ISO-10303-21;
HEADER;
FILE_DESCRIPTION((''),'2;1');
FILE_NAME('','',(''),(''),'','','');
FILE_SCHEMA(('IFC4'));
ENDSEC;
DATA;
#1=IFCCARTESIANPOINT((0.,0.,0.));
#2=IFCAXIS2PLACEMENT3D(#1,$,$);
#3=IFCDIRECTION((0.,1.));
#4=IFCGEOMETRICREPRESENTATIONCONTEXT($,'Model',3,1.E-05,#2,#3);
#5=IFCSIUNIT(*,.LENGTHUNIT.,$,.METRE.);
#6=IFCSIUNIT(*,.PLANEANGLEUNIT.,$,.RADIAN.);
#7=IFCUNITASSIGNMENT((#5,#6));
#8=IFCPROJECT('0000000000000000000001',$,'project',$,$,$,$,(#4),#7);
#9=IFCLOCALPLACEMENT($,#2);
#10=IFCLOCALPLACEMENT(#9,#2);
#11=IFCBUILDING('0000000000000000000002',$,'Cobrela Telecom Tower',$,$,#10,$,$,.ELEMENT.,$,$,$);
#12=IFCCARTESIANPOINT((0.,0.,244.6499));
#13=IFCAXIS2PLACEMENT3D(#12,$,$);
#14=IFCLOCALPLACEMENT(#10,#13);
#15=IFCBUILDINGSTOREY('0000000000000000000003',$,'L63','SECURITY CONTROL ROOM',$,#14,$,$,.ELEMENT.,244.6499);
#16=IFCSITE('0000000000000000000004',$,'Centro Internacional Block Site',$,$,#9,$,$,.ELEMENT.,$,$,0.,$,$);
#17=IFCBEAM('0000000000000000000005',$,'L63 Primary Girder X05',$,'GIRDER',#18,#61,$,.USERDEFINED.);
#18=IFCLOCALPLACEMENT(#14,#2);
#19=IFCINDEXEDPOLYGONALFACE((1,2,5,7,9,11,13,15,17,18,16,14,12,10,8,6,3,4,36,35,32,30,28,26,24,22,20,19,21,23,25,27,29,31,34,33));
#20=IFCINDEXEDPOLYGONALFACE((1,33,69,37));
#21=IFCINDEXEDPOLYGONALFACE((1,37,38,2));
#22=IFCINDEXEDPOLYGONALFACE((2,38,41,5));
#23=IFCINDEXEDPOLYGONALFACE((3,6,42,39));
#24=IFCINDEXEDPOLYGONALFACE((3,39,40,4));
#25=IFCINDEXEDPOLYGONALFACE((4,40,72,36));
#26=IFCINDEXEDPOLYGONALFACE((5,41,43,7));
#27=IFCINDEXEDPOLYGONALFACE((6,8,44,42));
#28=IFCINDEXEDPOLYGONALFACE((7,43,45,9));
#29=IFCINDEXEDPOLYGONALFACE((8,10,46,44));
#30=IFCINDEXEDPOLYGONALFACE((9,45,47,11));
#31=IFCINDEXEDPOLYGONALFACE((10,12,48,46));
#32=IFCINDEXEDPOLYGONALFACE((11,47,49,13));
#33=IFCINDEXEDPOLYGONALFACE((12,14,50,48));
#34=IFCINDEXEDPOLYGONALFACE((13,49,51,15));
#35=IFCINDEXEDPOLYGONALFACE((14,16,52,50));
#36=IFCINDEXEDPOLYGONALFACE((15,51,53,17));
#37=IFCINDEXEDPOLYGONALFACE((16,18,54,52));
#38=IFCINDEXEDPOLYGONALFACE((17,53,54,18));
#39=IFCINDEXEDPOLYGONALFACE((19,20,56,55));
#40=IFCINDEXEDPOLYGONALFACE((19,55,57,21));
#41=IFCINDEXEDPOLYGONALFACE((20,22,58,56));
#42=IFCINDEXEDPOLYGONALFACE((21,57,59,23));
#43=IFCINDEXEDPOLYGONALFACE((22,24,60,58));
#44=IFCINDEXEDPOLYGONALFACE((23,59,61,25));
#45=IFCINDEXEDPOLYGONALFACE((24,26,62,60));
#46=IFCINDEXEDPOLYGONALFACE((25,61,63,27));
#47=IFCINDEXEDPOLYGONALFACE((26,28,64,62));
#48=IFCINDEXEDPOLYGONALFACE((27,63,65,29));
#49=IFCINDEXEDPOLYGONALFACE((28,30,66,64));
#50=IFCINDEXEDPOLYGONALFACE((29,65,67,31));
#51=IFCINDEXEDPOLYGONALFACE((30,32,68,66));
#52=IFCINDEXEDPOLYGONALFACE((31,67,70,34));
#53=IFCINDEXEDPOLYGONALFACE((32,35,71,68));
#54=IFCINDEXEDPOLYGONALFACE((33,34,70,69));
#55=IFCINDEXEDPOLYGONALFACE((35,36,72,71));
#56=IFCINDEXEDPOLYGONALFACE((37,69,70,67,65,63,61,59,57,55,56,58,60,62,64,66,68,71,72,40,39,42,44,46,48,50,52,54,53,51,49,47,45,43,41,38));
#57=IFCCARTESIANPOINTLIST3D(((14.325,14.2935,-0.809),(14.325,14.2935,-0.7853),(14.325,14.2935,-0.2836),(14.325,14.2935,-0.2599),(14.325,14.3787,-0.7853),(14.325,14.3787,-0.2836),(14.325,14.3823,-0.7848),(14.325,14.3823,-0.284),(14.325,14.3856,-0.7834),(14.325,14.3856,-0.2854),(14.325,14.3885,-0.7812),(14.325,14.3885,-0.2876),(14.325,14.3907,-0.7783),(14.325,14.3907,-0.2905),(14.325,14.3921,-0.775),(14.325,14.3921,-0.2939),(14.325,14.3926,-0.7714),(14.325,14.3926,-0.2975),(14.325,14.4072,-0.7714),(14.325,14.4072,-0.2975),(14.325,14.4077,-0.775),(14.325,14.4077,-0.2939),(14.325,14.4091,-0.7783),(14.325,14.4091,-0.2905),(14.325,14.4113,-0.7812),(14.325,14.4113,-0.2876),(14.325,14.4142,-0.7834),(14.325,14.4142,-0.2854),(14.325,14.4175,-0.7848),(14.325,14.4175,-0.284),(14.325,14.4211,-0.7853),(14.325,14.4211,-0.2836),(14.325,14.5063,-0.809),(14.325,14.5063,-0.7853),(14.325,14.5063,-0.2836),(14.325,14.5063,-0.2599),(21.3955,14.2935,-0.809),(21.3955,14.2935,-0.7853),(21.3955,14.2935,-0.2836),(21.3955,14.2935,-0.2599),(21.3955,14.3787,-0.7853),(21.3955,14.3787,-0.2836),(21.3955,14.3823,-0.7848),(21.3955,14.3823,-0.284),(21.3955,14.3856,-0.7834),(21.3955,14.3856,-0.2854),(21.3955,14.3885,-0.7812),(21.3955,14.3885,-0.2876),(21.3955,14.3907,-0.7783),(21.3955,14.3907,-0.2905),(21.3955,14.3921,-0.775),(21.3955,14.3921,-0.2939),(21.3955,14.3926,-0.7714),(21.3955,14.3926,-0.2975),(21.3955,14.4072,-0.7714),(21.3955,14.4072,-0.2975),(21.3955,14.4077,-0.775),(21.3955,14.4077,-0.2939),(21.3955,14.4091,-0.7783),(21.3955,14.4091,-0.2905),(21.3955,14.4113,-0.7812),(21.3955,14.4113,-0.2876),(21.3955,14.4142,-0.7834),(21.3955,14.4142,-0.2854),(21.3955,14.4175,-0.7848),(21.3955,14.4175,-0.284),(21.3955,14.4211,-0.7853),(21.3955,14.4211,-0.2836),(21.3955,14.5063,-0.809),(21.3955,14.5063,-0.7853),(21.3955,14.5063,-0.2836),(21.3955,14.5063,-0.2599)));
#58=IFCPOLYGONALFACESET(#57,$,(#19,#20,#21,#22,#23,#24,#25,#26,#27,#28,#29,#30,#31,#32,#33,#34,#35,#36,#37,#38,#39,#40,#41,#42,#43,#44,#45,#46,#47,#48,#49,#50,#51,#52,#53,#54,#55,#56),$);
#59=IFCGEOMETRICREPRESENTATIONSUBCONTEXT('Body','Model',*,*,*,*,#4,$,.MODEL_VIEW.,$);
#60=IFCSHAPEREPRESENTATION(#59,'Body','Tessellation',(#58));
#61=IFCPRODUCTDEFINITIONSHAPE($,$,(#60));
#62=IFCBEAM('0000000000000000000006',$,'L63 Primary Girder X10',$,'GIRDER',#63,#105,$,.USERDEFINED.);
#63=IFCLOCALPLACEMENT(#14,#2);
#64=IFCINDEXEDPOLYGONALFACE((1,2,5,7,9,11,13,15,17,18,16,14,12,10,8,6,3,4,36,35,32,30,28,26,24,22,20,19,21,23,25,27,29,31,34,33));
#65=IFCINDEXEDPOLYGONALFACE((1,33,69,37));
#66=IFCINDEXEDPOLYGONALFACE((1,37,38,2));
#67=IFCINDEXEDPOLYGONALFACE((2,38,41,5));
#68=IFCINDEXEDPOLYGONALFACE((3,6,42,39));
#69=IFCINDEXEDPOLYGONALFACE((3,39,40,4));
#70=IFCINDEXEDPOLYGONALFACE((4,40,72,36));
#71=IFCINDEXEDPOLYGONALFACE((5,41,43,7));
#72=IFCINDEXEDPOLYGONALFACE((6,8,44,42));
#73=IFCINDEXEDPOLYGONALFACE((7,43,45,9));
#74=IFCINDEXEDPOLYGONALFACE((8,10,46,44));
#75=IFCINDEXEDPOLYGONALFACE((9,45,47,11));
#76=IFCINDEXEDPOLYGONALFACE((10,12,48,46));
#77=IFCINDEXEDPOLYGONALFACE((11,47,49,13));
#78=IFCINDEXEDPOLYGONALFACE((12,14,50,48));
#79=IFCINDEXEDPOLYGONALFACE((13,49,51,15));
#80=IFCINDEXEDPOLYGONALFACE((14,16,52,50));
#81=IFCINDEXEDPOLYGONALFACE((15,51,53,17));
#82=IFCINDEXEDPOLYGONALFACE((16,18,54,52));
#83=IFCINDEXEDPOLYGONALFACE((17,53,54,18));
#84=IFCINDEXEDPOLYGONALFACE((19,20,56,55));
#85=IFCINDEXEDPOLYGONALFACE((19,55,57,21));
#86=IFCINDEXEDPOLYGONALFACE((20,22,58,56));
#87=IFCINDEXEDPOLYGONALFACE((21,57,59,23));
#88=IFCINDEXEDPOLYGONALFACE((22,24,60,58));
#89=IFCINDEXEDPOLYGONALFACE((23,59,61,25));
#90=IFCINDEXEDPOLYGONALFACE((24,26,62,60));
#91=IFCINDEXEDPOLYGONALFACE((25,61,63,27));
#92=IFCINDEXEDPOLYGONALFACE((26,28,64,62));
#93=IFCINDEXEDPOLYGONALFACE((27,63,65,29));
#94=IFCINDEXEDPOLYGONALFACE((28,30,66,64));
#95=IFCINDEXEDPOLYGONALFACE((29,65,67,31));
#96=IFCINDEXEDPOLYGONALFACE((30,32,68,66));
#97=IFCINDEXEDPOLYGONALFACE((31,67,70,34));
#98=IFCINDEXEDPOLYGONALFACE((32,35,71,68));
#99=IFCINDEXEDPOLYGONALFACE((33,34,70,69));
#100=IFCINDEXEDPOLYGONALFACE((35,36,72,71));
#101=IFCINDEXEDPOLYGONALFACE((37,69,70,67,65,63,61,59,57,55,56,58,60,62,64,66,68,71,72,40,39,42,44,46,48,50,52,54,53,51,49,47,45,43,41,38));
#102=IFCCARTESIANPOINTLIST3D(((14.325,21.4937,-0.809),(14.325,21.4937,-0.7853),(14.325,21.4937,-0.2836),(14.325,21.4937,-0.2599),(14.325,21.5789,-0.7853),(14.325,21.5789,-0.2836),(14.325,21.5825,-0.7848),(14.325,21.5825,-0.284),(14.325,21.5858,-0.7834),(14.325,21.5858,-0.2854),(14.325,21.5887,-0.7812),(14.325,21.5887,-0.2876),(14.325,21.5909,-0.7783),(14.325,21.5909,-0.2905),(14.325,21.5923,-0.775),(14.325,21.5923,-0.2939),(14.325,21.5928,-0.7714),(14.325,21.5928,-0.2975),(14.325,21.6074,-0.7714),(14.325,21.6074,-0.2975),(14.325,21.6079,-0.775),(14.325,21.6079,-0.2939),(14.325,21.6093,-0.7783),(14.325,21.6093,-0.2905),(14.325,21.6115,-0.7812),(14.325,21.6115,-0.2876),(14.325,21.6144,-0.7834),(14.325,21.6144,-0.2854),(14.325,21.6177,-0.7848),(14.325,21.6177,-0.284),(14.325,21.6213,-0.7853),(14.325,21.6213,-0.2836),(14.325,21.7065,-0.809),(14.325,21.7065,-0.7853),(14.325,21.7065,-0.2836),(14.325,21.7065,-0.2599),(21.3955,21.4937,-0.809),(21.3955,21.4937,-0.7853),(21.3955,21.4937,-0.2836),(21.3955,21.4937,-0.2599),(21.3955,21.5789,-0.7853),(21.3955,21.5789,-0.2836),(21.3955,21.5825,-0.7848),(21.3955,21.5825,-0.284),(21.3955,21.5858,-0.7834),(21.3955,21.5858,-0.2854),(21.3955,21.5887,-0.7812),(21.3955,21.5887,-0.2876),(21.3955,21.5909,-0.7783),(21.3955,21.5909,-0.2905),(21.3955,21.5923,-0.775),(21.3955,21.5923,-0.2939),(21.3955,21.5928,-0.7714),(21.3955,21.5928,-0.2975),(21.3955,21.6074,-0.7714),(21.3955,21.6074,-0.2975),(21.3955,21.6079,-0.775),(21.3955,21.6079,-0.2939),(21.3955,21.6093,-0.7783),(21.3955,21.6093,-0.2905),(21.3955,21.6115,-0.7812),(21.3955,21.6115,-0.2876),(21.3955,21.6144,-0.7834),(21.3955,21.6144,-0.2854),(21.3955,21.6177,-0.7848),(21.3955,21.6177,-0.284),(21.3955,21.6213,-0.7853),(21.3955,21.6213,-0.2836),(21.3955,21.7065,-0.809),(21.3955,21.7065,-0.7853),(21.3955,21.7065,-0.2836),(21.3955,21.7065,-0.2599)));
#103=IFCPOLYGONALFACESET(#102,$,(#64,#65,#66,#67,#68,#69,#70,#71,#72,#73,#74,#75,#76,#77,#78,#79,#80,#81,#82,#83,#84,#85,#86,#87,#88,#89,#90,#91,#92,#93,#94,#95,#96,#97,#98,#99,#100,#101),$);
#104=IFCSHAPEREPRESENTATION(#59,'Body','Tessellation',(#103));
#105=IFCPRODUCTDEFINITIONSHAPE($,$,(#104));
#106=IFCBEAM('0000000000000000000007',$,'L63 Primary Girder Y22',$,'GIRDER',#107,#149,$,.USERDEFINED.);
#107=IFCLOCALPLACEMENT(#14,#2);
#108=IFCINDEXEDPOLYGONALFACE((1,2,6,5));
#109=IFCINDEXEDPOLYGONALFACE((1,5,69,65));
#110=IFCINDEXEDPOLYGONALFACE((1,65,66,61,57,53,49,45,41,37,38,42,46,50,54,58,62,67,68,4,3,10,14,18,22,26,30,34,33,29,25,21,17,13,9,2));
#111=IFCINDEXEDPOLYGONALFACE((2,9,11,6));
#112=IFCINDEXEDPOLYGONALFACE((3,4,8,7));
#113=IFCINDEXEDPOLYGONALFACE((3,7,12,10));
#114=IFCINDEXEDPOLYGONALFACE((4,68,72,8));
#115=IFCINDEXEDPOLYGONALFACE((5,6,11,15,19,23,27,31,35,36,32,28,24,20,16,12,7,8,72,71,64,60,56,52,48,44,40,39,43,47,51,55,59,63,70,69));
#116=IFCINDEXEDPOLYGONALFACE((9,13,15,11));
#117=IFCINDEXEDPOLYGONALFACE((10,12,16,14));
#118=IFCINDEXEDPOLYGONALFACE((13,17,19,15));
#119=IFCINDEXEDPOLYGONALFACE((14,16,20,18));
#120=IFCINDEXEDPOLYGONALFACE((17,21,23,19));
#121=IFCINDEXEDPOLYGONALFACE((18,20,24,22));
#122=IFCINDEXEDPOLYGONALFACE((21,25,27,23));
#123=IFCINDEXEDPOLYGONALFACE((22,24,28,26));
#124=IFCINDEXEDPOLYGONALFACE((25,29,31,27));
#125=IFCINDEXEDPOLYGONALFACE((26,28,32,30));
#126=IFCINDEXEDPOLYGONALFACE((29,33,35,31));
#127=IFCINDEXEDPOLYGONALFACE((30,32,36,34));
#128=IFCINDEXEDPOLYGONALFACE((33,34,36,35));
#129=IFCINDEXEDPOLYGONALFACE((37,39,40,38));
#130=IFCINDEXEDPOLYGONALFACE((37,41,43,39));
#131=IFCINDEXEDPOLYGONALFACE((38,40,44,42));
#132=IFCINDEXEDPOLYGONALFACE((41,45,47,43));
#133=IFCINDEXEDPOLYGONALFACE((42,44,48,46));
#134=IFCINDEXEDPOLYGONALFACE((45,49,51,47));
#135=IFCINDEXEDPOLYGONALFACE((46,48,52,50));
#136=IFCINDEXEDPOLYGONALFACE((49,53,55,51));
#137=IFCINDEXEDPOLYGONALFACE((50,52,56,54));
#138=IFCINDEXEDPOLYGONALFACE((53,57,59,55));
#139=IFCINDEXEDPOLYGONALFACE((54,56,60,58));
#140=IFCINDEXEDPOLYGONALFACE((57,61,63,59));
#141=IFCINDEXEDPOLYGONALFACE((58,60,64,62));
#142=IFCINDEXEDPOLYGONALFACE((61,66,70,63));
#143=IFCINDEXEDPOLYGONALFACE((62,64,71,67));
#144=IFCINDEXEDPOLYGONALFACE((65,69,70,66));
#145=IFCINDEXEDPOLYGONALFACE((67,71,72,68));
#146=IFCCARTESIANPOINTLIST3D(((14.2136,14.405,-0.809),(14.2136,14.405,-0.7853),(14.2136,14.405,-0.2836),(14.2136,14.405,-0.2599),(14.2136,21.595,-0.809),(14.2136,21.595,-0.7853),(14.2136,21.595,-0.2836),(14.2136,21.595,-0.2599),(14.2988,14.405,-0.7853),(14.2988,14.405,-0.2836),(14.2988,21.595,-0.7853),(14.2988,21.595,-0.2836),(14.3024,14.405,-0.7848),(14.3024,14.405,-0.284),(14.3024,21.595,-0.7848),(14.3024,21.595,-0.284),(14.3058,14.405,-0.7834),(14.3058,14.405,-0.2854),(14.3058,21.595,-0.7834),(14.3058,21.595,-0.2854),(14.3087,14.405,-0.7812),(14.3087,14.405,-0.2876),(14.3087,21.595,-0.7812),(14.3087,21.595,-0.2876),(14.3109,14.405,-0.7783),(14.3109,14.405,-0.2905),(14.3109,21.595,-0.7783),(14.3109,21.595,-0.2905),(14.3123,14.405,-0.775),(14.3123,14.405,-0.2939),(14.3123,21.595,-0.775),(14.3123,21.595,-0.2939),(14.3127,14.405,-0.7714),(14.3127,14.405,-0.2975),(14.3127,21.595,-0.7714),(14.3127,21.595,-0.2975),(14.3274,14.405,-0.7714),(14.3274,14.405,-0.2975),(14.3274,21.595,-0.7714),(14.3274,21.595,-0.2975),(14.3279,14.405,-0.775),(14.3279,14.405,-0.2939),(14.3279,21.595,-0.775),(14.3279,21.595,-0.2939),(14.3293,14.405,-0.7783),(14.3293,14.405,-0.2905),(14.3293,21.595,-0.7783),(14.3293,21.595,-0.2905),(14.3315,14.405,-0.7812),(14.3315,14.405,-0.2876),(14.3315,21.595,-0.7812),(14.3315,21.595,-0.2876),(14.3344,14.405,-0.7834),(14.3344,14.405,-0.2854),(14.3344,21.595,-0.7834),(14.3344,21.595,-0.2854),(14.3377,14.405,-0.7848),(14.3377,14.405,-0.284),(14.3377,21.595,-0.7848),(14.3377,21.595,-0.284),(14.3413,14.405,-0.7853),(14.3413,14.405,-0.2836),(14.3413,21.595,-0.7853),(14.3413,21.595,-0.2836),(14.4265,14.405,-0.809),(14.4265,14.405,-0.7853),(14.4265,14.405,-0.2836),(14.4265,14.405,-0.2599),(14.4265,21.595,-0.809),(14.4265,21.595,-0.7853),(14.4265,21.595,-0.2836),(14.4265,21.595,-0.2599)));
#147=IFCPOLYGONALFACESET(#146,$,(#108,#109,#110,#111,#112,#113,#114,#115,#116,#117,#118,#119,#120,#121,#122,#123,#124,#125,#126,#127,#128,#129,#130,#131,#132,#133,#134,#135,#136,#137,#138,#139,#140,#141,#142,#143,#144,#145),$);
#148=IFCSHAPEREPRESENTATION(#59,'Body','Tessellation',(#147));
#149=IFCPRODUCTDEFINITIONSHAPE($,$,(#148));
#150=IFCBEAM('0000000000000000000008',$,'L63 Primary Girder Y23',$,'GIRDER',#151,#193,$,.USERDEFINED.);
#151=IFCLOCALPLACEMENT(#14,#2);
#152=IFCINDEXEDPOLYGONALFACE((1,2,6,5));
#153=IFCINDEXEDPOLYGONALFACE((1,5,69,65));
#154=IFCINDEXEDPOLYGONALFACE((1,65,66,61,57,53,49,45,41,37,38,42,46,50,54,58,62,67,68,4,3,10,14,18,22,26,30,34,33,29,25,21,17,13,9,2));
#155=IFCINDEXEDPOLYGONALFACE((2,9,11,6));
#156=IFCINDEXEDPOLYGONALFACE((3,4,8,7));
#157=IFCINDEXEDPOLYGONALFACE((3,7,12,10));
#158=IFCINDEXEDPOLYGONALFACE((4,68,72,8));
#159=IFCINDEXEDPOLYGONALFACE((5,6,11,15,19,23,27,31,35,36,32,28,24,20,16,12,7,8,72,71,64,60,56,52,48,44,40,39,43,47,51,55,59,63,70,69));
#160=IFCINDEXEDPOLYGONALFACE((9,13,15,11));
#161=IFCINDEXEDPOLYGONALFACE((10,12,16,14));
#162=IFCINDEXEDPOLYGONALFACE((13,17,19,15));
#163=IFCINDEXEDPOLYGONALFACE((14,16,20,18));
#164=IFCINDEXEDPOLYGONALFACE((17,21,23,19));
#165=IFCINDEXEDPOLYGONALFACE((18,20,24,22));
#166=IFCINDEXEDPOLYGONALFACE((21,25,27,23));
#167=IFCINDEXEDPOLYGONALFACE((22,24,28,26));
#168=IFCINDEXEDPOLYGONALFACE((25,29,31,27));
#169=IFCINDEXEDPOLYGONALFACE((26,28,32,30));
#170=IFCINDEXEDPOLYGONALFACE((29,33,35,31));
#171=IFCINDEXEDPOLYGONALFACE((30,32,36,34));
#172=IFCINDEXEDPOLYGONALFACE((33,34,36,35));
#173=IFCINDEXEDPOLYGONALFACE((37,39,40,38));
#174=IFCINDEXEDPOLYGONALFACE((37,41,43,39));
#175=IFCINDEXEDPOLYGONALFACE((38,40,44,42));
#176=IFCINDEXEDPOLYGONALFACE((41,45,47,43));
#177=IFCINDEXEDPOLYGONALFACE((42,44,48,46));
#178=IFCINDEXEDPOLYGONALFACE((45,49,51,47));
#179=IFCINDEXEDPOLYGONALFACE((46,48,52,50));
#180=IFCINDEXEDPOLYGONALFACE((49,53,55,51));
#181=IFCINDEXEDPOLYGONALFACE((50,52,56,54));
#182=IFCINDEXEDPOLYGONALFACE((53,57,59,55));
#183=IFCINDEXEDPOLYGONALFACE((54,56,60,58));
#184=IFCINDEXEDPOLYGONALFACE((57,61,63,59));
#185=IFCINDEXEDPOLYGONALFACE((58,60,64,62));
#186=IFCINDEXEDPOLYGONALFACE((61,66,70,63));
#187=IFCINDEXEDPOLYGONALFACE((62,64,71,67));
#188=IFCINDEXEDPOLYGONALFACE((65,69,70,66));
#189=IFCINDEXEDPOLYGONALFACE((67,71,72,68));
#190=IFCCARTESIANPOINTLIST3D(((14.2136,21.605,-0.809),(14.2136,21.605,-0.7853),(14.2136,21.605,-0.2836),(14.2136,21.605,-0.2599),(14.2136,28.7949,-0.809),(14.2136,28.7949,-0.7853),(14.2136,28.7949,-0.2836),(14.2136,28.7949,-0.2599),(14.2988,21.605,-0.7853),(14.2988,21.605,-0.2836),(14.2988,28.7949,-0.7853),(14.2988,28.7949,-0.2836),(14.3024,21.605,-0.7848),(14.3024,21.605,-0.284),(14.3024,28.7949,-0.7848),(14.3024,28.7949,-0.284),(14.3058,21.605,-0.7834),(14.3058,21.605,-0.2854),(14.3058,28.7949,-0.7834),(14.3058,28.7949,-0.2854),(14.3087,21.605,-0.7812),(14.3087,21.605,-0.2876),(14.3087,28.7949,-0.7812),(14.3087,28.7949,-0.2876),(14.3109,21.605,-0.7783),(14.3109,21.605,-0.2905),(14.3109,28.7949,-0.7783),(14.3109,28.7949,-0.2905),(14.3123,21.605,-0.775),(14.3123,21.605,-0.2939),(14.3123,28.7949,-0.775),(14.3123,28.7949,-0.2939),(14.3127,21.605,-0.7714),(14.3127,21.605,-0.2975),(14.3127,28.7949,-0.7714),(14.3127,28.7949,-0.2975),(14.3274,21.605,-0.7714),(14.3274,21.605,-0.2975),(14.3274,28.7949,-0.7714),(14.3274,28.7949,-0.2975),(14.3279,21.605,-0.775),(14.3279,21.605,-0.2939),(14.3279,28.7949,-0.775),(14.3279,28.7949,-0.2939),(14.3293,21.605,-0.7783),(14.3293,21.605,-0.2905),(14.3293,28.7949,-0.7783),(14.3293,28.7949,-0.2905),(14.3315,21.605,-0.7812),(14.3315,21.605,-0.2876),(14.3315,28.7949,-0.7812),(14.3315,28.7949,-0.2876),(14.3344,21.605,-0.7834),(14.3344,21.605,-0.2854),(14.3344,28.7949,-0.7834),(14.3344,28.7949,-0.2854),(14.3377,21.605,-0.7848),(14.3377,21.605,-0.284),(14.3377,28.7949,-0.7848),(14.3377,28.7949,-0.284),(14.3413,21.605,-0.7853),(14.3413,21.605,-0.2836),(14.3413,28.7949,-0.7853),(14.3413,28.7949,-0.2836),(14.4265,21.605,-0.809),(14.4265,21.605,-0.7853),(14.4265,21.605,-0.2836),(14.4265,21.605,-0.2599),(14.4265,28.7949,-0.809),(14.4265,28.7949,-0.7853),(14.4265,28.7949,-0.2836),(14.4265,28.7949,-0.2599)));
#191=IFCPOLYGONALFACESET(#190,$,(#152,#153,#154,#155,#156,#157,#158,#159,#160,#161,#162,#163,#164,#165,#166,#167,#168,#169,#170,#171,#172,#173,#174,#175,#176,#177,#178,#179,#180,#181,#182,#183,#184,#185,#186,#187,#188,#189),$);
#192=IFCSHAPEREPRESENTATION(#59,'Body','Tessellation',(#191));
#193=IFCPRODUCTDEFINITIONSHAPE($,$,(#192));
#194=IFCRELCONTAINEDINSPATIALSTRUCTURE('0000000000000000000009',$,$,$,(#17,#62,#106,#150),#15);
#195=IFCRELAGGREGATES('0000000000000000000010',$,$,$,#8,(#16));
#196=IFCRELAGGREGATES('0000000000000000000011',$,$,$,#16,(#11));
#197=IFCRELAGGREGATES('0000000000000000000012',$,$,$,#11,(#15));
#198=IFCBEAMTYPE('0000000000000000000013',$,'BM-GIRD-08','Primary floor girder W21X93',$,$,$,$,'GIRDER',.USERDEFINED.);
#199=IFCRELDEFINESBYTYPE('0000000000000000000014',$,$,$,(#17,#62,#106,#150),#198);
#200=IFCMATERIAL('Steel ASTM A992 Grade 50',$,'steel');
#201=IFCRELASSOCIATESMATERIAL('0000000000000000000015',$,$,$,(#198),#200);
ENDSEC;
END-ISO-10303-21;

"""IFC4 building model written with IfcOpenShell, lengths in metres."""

from ifc_helpers import new_model, si_unit, direction, frame, origin, origin_2d, place, context, subcontext, project, spatial, i_section, extrude, material, material_profile, profile_set, type_object, element, save


model = new_model("IFC4")

# Units and contexts
model_context = context("Model", 3, precision=1e-05, world=origin(), true_north=direction((0.0, 1.0)))
body_context = subcontext(model_context, "Body", "Model", "MODEL_VIEW")
ifc_project = project(units=[si_unit("LENGTHUNIT", "METRE"), si_unit("PLANEANGLEUNIT", "RADIAN")], contexts=[model_context])

# Site, building, storey
site_placement = place(None, origin())
site = spatial("IfcSite", under=ifc_project, at=site_placement, Name="Centro Internacional Block Site", CompositionType="ELEMENT", RefElevation=0.0)
building_placement = place(site_placement, origin())
building = spatial("IfcBuilding", under=site, at=building_placement, Name="Cobrela Telecom Tower", CompositionType="ELEMENT")
storey_placement = place(building_placement, frame((0.0, 0.0, 244.6499)))
storey = spatial("IfcBuildingStorey", under=building, at=storey_placement, Name="L63", Description="SECURITY CONTROL ROOM", CompositionType="ELEMENT", Elevation=244.6499)

# Beams
ifc_material_1 = material(Name="Steel ASTM A992 Grade 50", Category="steel")
ifc_material_profile_1 = material_profile(ifc_material_1, i_section(OverallWidth=0.2129, OverallDepth=0.5491, WebThickness=0.0146, FlangeThickness=0.0237, FilletRadius=0.0139, at=origin_2d()), Name="W21X93")
ifc_profile_set_1 = profile_set([ifc_material_profile_1], Name="Steel ASTM A992 Grade 50")
beam_type_1 = type_object("IfcBeamType", Name="BM-GIRD-08", Description="Primary floor girder W21X93", ElementType="GIRDER", PredefinedType="USERDEFINED", material=ifc_profile_set_1)
for number, where, z_axis, x_axis, name in (
    (1, (14.325, 14.3999, -0.5344), (1.0, 0.0, 0.0), (0.0, 1.0, 0.0), "L63 Primary Girder X05"),
    (2, (14.325, 21.6001, -0.5344), (1.0, 0.0, 0.0), (0.0, 1.0, 0.0), "L63 Primary Girder X10"),
):
    element("IfcBeam", number, at=place(storey_placement, frame(where, z_axis=z_axis, x_axis=x_axis)), inside=storey, type_object=beam_type_1, Name=name, ObjectType="GIRDER", PredefinedType="USERDEFINED", context=body_context, shape_type="SweptSolid", body=[
        extrude(i_section(OverallWidth=0.2129, OverallDepth=0.5491, WebThickness=0.0146, FlangeThickness=0.0237, FilletRadius=0.0139, at=origin_2d()), origin(), (0.0, 0.0, 1.0), 7.0706),
    ])
for number, where, z_axis, x_axis, name in (
    (3, (14.3201, 14.405, -0.5344), (0.0, 1.0, 0.0), (-1.0, 0.0, 0.0), "L63 Primary Girder Y22"),
    (4, (14.3201, 21.605, -0.5344), (0.0, 1.0, 0.0), (-1.0, 0.0, 0.0), "L63 Primary Girder Y23"),
):
    element("IfcBeam", number, at=place(storey_placement, frame(where, z_axis=z_axis, x_axis=x_axis)), inside=storey, type_object=beam_type_1, Name=name, ObjectType="GIRDER", PredefinedType="USERDEFINED", context=body_context, shape_type="SweptSolid", body=[
        extrude(i_section(OverallWidth=0.2129, OverallDepth=0.5491, WebThickness=0.0146, FlangeThickness=0.0237, FilletRadius=0.0139, at=origin_2d()), origin(), (0.0, 0.0, 1.0), 7.1899),
    ])

save(model, "model.ifc")
